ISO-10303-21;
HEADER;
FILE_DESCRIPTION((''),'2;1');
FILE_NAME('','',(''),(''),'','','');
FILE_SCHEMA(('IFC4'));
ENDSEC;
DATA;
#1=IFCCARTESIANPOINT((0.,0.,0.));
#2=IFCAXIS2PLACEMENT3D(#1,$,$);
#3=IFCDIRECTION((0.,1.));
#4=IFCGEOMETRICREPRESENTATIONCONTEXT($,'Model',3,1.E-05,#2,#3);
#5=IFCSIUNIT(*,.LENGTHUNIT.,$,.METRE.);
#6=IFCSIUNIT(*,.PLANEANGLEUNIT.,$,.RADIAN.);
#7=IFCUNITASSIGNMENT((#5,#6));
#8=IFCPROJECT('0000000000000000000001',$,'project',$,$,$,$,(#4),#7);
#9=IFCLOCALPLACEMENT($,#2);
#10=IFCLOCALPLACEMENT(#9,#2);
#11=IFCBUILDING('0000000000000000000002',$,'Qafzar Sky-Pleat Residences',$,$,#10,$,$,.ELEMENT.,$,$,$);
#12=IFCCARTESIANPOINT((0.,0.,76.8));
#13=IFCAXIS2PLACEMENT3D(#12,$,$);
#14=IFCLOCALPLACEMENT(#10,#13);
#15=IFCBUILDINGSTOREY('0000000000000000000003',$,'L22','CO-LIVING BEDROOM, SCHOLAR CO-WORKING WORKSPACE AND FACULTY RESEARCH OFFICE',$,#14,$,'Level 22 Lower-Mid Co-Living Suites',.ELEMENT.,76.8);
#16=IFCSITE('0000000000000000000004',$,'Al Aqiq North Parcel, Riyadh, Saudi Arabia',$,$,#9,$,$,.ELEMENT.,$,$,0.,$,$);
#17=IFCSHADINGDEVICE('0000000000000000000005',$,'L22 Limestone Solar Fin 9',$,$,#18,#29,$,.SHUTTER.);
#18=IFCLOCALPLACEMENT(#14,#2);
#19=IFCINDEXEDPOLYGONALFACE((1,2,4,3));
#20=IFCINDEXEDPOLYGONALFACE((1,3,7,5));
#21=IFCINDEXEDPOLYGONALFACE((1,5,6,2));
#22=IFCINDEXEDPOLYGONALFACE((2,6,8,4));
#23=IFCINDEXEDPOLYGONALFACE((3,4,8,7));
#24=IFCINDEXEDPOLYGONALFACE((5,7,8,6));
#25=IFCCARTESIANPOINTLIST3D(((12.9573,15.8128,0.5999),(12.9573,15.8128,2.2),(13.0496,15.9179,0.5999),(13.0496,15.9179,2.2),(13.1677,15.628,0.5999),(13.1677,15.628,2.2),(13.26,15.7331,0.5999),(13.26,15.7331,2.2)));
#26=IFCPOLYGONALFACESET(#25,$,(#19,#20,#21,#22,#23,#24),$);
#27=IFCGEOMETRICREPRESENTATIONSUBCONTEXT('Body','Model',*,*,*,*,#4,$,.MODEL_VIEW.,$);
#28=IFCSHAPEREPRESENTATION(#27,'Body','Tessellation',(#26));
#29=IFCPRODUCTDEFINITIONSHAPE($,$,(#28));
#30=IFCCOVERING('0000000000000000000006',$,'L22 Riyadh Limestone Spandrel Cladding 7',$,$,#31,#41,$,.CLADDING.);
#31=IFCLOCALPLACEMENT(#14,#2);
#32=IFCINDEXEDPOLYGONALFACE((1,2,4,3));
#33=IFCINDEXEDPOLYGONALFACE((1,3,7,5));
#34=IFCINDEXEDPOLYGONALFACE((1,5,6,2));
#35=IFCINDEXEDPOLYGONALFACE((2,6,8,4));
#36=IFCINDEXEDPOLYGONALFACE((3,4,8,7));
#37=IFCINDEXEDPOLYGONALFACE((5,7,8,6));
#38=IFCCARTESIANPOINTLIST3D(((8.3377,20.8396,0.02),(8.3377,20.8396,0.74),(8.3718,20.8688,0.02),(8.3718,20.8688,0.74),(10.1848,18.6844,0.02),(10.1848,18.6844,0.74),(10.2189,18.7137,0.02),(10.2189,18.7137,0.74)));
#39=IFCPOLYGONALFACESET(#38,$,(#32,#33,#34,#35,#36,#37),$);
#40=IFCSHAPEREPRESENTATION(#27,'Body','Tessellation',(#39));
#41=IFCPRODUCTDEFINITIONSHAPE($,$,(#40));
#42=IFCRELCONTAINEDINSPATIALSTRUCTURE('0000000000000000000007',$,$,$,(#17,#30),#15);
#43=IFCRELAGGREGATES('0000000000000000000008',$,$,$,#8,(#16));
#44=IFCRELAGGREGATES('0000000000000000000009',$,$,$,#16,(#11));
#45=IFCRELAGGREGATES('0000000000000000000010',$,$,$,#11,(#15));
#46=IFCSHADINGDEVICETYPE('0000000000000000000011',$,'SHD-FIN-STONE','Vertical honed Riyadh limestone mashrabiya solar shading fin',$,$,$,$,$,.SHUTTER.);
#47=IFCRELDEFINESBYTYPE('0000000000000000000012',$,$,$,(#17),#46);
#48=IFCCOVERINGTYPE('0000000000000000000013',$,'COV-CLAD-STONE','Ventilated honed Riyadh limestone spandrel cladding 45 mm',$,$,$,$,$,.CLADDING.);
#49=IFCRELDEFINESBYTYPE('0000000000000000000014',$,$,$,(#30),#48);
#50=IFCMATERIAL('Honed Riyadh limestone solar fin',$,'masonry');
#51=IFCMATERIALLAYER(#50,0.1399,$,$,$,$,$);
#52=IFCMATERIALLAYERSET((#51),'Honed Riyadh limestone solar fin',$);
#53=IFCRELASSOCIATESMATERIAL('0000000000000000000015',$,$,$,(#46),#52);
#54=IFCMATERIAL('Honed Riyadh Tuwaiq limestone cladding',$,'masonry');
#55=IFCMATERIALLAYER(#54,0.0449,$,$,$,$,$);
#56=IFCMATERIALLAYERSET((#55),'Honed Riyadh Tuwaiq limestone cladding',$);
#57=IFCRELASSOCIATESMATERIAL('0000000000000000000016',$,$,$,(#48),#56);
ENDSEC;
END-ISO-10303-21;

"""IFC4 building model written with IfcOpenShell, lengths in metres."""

from ifc_helpers import new_model, si_unit, direction, frame, origin, origin_2d, place, context, subcontext, project, spatial, rectangle, extrude, source, transform, mapped, material, layer, layer_set, type_object, element, save


model = new_model("IFC4")

# Units and contexts
model_context = context("Model", 3, precision=1e-05, world=origin(), true_north=direction((0.0, 1.0)))
body_context = subcontext(model_context, "Body", "Model", "MODEL_VIEW")
ifc_project = project(units=[si_unit("LENGTHUNIT", "METRE"), si_unit("PLANEANGLEUNIT", "RADIAN")], contexts=[model_context])

# Site, building, storey
site_placement = place(None, origin())
site = spatial("IfcSite", under=ifc_project, at=site_placement, Name="Al Aqiq North Parcel, Riyadh, Saudi Arabia", CompositionType="ELEMENT", RefElevation=0.0)
building_placement = place(site_placement, origin())
building = spatial("IfcBuilding", under=site, at=building_placement, Name="Qafzar Sky-Pleat Residences", CompositionType="ELEMENT")
storey_placement = place(building_placement, frame((0.0, 0.0, 76.8)))
storey = spatial("IfcBuildingStorey", under=building, at=storey_placement, Name="L22", Description="CO-LIVING BEDROOM, SCHOLAR CO-WORKING WORKSPACE AND FACULTY RESEARCH OFFICE", LongName="Level 22 Lower-Mid Co-Living Suites", CompositionType="ELEMENT", Elevation=76.8)

# Shading device
ifc_material_1 = material(Name="Honed Riyadh limestone solar fin", Category="masonry")
ifc_layer_1 = layer(ifc_material_1, 0.1399)
ifc_layer_set_1 = layer_set([ifc_layer_1], Name="Honed Riyadh limestone solar fin")
shading_device_type = type_object("IfcShadingDeviceType", Name="SHD-FIN-STONE", Description="Vertical honed Riyadh limestone mashrabiya solar shading fin", PredefinedType="SHUTTER", material=ifc_layer_set_1)
shared_shape_1 = source(origin(), body_context, "Body", "SweptSolid", [
    extrude(rectangle(XDim=0.1399, YDim=0.28, at=origin_2d()), origin(), (0.0, 0.0, 1.0), 1.6001),
])
for number, where, z_axis, x_axis, name in (
    (1, (13.1086, 15.7729, 0.5999), (0.0, 0.0, 1.0), (-0.659704, -0.751526, 0.0), "L22 Limestone Solar Fin 9"),
):
    element("IfcShadingDevice", number, at=place(storey_placement, frame(where, z_axis=z_axis, x_axis=x_axis)), inside=storey, type_object=shading_device_type, Name=name, PredefinedType="SHUTTER", context=body_context, shape_type="MappedRepresentation", body=[
        mapped(shared_shape_1, transform((0.0, 0.0, 0.0), x_axis=(1.0, 0.0, 0.0), y_axis=(0.0, 1.0, 0.0), z_axis=(0.0, 0.0, 1.0), scale=1.0)),
    ])

# Covering
ifc_material_2 = material(Name="Honed Riyadh Tuwaiq limestone cladding", Category="masonry")
ifc_layer_2 = layer(ifc_material_2, 0.0449)
ifc_layer_set_2 = layer_set([ifc_layer_2], Name="Honed Riyadh Tuwaiq limestone cladding")
covering_type = type_object("IfcCoveringType", Name="COV-CLAD-STONE", Description="Ventilated honed Riyadh limestone spandrel cladding 45 mm", PredefinedType="CLADDING", material=ifc_layer_set_2)
shared_shape_2 = source(origin(), body_context, "Body", "SweptSolid", [
    extrude(rectangle(XDim=2.8384, YDim=0.0449, at=origin_2d()), origin(), (0.0, 0.0, 1.0), 0.72),
])
covering_placement = place(storey_placement, frame((9.2783, 19.7766, 0.02), z_axis=(0.0, 0.0, 1.0), x_axis=(0.650768, -0.759277, 0.0)))
element("IfcCovering", 2, at=covering_placement, inside=storey, type_object=covering_type, Name="L22 Riyadh Limestone Spandrel Cladding 7", PredefinedType="CLADDING", context=body_context, shape_type="MappedRepresentation", body=[
    mapped(shared_shape_2, transform((0.0, 0.0, 0.0), x_axis=(1.0, 0.0, 0.0), y_axis=(0.0, 1.0, 0.0), z_axis=(0.0, 0.0, 1.0), scale=1.0)),
])

save(model, "model.ifc")
